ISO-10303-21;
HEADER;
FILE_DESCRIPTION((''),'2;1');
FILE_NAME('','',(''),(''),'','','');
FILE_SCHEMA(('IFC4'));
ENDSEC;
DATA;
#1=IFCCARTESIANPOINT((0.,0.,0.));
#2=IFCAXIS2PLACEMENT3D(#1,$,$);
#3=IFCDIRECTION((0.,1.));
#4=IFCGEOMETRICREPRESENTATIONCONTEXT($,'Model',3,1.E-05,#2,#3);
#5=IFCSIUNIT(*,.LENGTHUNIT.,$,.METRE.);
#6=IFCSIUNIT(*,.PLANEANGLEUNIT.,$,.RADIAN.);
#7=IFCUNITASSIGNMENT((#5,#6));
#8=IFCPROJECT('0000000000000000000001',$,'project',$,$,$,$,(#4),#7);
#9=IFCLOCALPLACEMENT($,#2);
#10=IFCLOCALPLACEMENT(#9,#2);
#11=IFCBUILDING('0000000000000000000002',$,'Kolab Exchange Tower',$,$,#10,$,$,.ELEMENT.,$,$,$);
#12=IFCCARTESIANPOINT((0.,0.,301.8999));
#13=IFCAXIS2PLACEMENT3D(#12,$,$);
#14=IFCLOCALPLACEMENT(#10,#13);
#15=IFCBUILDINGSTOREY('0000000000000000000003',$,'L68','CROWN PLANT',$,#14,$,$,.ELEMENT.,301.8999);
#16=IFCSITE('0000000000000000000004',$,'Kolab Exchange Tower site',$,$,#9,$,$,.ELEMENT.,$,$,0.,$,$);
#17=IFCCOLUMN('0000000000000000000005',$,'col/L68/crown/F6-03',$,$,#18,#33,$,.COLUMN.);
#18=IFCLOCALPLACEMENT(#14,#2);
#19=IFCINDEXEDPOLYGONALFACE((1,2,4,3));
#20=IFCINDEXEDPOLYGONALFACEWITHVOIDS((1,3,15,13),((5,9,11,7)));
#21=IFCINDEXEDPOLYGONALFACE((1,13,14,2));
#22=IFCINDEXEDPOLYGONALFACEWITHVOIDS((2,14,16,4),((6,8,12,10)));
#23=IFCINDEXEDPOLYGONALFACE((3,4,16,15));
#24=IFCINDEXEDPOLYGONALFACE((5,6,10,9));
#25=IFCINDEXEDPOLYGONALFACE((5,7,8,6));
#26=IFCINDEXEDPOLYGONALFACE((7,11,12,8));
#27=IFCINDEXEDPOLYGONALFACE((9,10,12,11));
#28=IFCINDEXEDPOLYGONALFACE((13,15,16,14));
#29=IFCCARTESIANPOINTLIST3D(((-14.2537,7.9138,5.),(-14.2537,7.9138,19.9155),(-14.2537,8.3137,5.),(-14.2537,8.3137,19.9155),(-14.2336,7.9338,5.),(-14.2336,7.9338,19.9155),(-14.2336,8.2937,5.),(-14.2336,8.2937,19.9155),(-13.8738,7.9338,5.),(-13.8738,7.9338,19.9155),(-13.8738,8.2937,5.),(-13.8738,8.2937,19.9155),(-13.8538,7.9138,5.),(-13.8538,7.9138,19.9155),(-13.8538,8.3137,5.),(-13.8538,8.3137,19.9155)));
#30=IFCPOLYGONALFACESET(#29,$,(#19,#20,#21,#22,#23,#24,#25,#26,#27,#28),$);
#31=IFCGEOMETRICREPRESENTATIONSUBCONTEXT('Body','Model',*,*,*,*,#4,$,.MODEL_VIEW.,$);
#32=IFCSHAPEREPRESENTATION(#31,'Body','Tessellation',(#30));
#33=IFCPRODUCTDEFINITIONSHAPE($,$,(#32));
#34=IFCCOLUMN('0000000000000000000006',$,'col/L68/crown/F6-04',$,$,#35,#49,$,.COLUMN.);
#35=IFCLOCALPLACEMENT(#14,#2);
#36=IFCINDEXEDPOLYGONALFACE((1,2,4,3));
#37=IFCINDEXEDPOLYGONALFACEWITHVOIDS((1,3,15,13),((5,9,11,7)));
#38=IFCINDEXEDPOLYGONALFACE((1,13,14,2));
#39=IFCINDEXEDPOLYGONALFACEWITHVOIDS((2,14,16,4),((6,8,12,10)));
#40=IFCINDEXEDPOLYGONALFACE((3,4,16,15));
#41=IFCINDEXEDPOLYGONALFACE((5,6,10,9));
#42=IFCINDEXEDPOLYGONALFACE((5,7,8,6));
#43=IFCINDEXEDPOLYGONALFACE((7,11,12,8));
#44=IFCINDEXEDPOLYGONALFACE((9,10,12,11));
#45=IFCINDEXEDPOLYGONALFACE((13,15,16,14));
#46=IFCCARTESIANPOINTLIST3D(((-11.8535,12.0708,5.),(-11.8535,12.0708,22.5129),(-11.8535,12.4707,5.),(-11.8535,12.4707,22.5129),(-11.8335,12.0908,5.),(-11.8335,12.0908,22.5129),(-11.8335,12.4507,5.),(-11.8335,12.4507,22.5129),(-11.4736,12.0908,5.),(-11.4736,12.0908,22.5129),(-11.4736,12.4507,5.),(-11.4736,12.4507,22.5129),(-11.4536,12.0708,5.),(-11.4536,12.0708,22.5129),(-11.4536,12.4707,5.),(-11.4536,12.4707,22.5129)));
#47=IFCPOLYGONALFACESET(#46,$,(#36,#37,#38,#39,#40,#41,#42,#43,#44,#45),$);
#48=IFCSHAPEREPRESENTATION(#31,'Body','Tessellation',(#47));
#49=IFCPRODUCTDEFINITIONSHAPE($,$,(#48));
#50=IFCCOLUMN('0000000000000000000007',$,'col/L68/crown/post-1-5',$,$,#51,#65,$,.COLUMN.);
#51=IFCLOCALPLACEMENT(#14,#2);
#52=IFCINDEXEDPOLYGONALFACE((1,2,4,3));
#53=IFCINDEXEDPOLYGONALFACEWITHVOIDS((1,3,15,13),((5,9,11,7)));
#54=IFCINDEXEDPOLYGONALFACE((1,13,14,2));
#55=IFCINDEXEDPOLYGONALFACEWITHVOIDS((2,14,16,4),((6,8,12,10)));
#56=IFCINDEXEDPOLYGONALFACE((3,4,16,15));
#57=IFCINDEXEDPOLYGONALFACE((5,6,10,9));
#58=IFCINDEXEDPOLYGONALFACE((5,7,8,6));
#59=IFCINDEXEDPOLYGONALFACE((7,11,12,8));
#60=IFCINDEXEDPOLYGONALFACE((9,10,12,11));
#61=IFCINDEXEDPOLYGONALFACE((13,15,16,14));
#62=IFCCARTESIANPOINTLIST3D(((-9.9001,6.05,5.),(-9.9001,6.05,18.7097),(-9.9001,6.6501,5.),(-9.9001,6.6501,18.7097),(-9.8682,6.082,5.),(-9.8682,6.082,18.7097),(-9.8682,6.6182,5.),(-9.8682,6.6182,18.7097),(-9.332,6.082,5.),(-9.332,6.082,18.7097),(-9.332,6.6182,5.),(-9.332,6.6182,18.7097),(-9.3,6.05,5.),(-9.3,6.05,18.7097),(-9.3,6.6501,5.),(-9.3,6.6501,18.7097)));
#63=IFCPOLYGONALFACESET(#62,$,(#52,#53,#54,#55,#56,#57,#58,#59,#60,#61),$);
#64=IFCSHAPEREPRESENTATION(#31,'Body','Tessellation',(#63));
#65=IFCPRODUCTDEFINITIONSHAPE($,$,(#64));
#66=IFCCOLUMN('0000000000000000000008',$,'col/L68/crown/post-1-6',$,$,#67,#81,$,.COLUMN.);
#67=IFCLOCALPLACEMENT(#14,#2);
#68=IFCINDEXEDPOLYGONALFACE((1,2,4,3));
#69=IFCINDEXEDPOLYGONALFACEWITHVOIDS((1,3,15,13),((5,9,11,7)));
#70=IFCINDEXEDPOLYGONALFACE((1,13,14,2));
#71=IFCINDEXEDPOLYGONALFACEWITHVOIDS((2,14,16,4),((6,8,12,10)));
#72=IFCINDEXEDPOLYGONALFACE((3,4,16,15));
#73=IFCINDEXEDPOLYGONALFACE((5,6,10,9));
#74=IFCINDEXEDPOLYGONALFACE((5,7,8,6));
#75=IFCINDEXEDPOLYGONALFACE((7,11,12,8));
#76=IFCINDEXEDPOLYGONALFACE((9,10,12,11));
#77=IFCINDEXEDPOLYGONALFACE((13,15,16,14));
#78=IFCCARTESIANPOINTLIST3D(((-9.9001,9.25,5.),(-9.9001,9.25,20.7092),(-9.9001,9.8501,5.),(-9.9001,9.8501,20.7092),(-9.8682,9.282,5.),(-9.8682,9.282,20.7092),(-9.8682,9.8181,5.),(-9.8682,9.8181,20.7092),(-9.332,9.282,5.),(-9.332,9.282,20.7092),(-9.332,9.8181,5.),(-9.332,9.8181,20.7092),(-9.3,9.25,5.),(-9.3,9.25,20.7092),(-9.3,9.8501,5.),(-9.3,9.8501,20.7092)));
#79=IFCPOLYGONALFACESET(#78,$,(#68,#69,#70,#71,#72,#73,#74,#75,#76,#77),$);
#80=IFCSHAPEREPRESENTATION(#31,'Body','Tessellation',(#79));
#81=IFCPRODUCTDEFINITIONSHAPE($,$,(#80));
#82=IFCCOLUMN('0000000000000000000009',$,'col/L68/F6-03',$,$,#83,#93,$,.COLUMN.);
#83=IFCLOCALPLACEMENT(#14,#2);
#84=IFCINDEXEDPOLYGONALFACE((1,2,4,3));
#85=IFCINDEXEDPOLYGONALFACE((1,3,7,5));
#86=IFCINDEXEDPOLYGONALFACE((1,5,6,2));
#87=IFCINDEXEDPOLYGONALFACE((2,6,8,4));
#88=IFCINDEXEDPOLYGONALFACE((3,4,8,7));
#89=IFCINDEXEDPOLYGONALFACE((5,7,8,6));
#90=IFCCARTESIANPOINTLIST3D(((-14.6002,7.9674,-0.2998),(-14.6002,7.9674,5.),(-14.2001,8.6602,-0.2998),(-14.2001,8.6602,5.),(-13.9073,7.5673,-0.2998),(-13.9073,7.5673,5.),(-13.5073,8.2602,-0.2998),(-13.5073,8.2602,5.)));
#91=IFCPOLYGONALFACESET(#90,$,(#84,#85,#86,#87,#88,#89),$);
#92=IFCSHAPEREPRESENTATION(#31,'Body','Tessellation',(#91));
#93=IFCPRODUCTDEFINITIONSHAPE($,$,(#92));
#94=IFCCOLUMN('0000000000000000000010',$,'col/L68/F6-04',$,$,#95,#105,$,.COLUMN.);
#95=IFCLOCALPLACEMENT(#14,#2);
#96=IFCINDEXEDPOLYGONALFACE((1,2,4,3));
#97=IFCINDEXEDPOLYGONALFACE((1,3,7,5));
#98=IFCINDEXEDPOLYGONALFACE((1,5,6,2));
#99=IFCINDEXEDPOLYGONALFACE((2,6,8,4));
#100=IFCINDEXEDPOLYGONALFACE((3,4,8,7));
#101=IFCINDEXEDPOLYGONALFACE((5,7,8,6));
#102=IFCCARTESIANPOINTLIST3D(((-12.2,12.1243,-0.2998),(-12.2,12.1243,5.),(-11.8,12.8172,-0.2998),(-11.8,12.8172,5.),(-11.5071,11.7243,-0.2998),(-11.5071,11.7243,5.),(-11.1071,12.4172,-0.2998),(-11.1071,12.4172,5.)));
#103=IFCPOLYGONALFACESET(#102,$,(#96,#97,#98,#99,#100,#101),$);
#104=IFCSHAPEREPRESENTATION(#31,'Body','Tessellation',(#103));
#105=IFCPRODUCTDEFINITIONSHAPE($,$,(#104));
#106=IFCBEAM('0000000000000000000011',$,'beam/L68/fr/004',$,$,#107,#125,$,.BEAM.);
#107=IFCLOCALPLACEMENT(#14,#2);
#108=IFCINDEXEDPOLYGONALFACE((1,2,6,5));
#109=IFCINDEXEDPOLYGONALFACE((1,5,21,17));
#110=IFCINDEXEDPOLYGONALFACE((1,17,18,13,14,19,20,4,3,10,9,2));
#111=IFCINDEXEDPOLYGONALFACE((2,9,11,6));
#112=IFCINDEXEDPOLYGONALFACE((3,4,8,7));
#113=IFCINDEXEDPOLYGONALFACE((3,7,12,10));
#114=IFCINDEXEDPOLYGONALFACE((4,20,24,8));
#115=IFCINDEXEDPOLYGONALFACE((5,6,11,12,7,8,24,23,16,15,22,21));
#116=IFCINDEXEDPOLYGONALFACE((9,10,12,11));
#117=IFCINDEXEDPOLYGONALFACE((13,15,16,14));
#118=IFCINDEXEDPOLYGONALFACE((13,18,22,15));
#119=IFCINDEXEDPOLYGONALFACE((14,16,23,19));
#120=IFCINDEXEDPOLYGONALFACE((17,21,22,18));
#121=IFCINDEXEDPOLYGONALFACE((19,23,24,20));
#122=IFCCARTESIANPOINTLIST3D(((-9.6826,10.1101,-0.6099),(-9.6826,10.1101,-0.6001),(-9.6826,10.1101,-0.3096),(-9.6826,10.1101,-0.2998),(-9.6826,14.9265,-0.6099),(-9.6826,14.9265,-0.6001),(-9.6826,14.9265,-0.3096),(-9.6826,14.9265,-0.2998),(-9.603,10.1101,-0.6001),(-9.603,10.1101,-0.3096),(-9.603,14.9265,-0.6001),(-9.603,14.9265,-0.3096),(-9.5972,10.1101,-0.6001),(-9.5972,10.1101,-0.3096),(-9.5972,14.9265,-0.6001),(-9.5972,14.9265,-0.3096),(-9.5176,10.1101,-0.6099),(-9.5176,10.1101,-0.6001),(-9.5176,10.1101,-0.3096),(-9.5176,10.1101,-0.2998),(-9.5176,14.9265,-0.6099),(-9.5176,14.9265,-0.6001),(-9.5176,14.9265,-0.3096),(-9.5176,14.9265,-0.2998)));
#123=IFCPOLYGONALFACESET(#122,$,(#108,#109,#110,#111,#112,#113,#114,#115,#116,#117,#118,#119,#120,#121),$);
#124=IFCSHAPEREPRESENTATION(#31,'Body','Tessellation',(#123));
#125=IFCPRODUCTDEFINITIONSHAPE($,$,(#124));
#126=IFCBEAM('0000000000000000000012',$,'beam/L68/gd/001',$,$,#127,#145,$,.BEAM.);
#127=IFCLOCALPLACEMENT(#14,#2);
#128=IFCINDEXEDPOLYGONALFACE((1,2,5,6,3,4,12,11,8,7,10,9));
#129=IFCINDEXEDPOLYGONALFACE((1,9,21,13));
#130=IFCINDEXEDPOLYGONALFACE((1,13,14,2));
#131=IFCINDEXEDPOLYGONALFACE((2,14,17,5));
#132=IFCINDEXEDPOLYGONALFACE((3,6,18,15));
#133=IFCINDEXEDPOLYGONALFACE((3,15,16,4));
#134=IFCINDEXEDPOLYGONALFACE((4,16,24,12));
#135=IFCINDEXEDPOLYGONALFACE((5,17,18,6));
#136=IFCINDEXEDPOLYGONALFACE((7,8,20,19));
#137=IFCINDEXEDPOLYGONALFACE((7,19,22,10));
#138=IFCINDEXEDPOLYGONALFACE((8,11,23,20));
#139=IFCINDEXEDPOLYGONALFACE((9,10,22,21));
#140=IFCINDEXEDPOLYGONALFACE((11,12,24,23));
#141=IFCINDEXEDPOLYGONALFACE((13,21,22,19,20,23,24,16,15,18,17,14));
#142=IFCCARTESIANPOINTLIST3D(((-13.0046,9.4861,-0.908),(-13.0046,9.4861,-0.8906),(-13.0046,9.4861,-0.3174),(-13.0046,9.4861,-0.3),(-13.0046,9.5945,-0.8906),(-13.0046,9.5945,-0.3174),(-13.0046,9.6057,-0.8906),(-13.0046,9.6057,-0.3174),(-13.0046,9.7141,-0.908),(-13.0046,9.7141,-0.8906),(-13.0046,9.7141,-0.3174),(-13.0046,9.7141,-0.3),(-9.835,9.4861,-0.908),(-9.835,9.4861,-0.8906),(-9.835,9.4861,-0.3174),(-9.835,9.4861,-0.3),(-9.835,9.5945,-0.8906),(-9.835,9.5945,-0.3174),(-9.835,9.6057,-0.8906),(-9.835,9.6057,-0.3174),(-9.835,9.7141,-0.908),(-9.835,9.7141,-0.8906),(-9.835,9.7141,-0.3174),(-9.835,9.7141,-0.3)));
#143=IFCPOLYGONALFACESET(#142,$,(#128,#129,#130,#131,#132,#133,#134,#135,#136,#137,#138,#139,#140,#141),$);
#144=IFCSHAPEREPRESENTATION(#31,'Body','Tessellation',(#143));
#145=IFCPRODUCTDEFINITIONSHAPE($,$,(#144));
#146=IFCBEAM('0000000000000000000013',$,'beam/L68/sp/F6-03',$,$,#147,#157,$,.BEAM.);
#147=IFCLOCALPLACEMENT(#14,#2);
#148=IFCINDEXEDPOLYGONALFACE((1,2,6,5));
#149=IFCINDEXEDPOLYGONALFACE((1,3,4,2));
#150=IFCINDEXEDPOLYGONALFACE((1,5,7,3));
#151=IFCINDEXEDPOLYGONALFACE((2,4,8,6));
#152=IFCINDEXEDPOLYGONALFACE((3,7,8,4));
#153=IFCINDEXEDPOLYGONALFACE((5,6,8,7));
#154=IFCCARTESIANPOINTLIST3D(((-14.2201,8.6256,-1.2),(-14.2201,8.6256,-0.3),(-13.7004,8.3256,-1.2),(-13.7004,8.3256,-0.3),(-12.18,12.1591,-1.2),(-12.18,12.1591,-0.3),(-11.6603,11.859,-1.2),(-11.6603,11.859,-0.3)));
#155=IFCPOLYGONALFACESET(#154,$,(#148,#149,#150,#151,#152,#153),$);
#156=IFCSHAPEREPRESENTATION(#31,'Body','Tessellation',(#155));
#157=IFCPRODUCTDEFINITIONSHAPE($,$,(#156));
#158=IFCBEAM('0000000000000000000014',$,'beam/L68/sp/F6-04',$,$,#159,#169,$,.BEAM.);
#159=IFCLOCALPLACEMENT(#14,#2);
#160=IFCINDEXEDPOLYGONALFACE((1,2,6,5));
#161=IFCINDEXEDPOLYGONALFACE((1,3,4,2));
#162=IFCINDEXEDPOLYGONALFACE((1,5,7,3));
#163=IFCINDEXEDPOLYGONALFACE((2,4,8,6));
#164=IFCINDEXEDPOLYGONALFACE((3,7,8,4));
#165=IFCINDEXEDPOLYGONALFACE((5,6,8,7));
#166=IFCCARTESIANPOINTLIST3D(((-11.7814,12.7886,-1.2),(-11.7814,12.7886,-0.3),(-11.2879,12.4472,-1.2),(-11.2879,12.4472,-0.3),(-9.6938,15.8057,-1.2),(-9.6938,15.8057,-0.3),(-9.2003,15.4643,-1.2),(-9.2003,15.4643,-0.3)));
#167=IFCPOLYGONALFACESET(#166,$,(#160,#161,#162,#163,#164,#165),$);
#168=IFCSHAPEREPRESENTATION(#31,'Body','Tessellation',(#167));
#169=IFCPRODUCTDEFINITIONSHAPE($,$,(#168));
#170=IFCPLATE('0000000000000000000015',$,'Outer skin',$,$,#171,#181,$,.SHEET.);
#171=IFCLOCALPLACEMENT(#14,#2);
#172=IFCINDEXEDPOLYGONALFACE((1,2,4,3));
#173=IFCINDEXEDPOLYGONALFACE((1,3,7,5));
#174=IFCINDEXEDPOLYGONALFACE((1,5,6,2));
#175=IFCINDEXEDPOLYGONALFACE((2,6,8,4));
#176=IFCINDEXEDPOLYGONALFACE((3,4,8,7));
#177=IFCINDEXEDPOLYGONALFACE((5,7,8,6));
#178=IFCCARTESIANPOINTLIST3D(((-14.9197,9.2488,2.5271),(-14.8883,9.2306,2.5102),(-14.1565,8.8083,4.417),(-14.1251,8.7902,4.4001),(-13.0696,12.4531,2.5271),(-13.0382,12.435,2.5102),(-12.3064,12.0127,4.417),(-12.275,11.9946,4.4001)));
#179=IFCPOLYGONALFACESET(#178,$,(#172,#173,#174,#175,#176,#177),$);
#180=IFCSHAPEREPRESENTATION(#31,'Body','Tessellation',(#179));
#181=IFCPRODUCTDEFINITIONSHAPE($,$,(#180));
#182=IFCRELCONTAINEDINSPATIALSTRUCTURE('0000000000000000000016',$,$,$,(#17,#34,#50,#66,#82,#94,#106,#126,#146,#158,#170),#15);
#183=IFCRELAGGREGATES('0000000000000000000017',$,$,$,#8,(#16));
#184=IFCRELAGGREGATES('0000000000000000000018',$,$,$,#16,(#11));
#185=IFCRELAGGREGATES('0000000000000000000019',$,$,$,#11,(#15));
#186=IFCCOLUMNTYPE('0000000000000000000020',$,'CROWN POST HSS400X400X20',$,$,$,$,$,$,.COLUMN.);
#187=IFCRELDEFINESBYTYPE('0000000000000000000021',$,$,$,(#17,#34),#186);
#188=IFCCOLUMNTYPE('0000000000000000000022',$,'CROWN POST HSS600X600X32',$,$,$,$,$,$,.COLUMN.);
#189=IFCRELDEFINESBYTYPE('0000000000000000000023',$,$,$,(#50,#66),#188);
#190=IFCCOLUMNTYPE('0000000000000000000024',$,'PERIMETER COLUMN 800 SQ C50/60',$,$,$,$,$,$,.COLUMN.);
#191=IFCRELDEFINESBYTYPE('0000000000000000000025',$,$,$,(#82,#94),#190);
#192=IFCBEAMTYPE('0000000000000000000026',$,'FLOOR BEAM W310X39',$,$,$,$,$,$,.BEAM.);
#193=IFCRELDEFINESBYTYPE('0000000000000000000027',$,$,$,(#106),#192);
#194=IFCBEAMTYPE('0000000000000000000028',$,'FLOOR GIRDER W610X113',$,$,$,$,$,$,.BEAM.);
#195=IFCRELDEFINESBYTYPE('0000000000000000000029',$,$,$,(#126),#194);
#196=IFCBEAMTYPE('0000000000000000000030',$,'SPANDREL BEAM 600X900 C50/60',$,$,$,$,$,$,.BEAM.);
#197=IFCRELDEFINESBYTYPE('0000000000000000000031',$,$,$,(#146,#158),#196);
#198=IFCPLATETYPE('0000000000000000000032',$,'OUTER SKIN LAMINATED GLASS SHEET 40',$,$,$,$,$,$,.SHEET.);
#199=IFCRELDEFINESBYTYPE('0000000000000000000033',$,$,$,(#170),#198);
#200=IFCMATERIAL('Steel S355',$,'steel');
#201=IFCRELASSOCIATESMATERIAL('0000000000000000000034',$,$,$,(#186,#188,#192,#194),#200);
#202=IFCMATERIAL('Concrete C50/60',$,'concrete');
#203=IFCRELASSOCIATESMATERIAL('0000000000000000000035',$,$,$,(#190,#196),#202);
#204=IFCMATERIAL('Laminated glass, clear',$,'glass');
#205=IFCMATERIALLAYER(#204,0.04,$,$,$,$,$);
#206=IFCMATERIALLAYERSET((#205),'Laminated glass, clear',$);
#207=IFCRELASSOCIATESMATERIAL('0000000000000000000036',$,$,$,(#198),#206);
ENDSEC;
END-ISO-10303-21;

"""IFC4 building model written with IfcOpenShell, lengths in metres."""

from ifc_helpers import new_model, si_unit, direction, frame, origin, origin_2d, place, context, subcontext, project, spatial, polyline, rectangle, hollow_rectangle, i_section, outline, extrude, material, layer, layer_set, material_profile, profile_set, type_object, element, save


model = new_model("IFC4")

# Units and contexts
model_context = context("Model", 3, precision=1e-05, world=origin(), true_north=direction((0.0, 1.0)))
body_context = subcontext(model_context, "Body", "Model", "MODEL_VIEW")
ifc_project = project(units=[si_unit("LENGTHUNIT", "METRE"), si_unit("PLANEANGLEUNIT", "RADIAN")], contexts=[model_context])

# Site, building, storey
site_placement = place(None, origin())
site = spatial("IfcSite", under=ifc_project, at=site_placement, Name="Kolab Exchange Tower site", CompositionType="ELEMENT", RefElevation=0.0)
building_placement = place(site_placement, origin())
building = spatial("IfcBuilding", under=site, at=building_placement, Name="Kolab Exchange Tower", CompositionType="ELEMENT")
storey_placement = place(building_placement, frame((0.0, 0.0, 301.8999)))
storey = spatial("IfcBuildingStorey", under=building, at=storey_placement, Name="L68", Description="CROWN PLANT", CompositionType="ELEMENT", Elevation=301.8999)

# Columns
ifc_material_1 = material(Name="Steel S355", Category="steel")
ifc_material_profile_1 = material_profile(ifc_material_1, hollow_rectangle(XDim=0.3999, YDim=0.3999, WallThickness=0.02, at=origin_2d()), Name="HSS400X400X20")
ifc_profile_set_1 = profile_set([ifc_material_profile_1], Name="Steel S355")
column_type_1 = type_object("IfcColumnType", Name="CROWN POST HSS400X400X20", PredefinedType="COLUMN", material=ifc_profile_set_1)
column_1_placement = place(storey_placement, frame((-14.0537, 8.1138, 5.0), z_axis=(0.0, 0.0, 1.0), x_axis=(1.0, 0.0, 0.0)))
element("IfcColumn", 1, at=column_1_placement, inside=storey, type_object=column_type_1, Name="col/L68/crown/F6-03", PredefinedType="COLUMN", context=body_context, shape_type="SweptSolid", body=[
    extrude(hollow_rectangle(XDim=0.3999, YDim=0.3999, WallThickness=0.02, at=origin_2d()), origin(), (0.0, 0.0, 1.0), 14.9155),
])
column_2_placement = place(storey_placement, frame((-11.6536, 12.2708, 5.0), z_axis=(0.0, 0.0, 1.0), x_axis=(1.0, 0.0, 0.0)))
element("IfcColumn", 2, at=column_2_placement, inside=storey, type_object=column_type_1, Name="col/L68/crown/F6-04", PredefinedType="COLUMN", context=body_context, shape_type="SweptSolid", body=[
    extrude(hollow_rectangle(XDim=0.3999, YDim=0.3999, WallThickness=0.02, at=origin_2d()), origin(), (0.0, 0.0, 1.0), 17.5129),
])
ifc_material_profile_2 = material_profile(ifc_material_1, hollow_rectangle(XDim=0.6001, YDim=0.6001, WallThickness=0.032, at=origin_2d()), Name="HSS600X600X32")
ifc_profile_set_2 = profile_set([ifc_material_profile_2], Name="Steel S355")
column_type_2 = type_object("IfcColumnType", Name="CROWN POST HSS600X600X32", PredefinedType="COLUMN", material=ifc_profile_set_2)
column_3_placement = place(storey_placement, frame((-9.6001, 6.3501, 5.0), z_axis=(0.0, 0.0, 1.0), x_axis=(1.0, 0.0, 0.0)))
element("IfcColumn", 3, at=column_3_placement, inside=storey, type_object=column_type_2, Name="col/L68/crown/post-1-5", PredefinedType="COLUMN", context=body_context, shape_type="SweptSolid", body=[
    extrude(hollow_rectangle(XDim=0.6001, YDim=0.6001, WallThickness=0.032, at=origin_2d()), origin(), (0.0, 0.0, 1.0), 13.7097),
])
column_4_placement = place(storey_placement, frame((-9.6001, 9.55, 5.0), z_axis=(0.0, 0.0, 1.0), x_axis=(1.0, 0.0, 0.0)))
element("IfcColumn", 4, at=column_4_placement, inside=storey, type_object=column_type_2, Name="col/L68/crown/post-1-6", PredefinedType="COLUMN", context=body_context, shape_type="SweptSolid", body=[
    extrude(hollow_rectangle(XDim=0.6001, YDim=0.6001, WallThickness=0.032, at=origin_2d()), origin(), (0.0, 0.0, 1.0), 15.7092),
])
ifc_material_2 = material(Name="Concrete C50/60", Category="concrete")
ifc_material_profile_3 = material_profile(ifc_material_2, rectangle(XDim=0.8, YDim=0.8, at=origin_2d()), Name="RC800")
ifc_profile_set_3 = profile_set([ifc_material_profile_3], Name="Concrete C50/60")
column_type_3 = type_object("IfcColumnType", Name="PERIMETER COLUMN 800 SQ C50/60", PredefinedType="COLUMN", material=ifc_profile_set_3)
for number, where, z_axis, x_axis, name in (
    (5, (-14.0537, 8.1138, -0.2998), (0.0, 0.0, 1.0), (0.5, 0.866025, 0.0), "col/L68/F6-03"),
    (6, (-11.6536, 12.2708, -0.2998), (0.0, 0.0, 1.0), (0.5, 0.866025, 0.0), "col/L68/F6-04"),
):
    element("IfcColumn", number, at=place(storey_placement, frame(where, z_axis=z_axis, x_axis=x_axis)), inside=storey, type_object=column_type_3, Name=name, PredefinedType="COLUMN", context=body_context, shape_type="SweptSolid", body=[
        extrude(rectangle(XDim=0.8, YDim=0.8, at=origin_2d()), origin(), (0.0, 0.0, 1.0), 5.2998),
    ])

# Beams
ifc_material_profile_4 = material_profile(ifc_material_1, i_section(OverallWidth=0.165, OverallDepth=0.3101, WebThickness=0.0059, FlangeThickness=0.0098, at=origin_2d()), Name="W310X39")
ifc_profile_set_4 = profile_set([ifc_material_profile_4], Name="Steel S355")
beam_type_1 = type_object("IfcBeamType", Name="FLOOR BEAM W310X39", PredefinedType="BEAM", material=ifc_profile_set_4)
beam_1_placement = place(storey_placement, frame((-9.6001, 10.1101, -0.4548), z_axis=(0.0, 1.0, 0.0), x_axis=(-1.0, 0.0, 0.0)))
element("IfcBeam", 7, at=beam_1_placement, inside=storey, type_object=beam_type_1, Name="beam/L68/fr/004", PredefinedType="BEAM", context=body_context, shape_type="SweptSolid", body=[
    extrude(i_section(OverallWidth=0.165, OverallDepth=0.3101, WebThickness=0.0059, FlangeThickness=0.0098, at=origin_2d()), origin(), (0.0, 0.0, 1.0), 4.8164),
])
ifc_material_profile_5 = material_profile(ifc_material_1, i_section(OverallWidth=0.228, OverallDepth=0.6079, WebThickness=0.0112, FlangeThickness=0.0173, at=origin_2d()), Name="W610X113")
ifc_profile_set_5 = profile_set([ifc_material_profile_5], Name="Steel S355")
beam_type_2 = type_object("IfcBeamType", Name="FLOOR GIRDER W610X113", PredefinedType="BEAM", material=ifc_profile_set_5)
beam_2_placement = place(storey_placement, frame((-13.0046, 9.6001, -0.604), z_axis=(1.0, 0.0, 0.0), x_axis=(0.0, 1.0, 0.0)))
element("IfcBeam", 8, at=beam_2_placement, inside=storey, type_object=beam_type_2, Name="beam/L68/gd/001", PredefinedType="BEAM", context=body_context, shape_type="SweptSolid", body=[
    extrude(i_section(OverallWidth=0.228, OverallDepth=0.6079, WebThickness=0.0112, FlangeThickness=0.0173, at=origin_2d()), origin(), (0.0, 0.0, 1.0), 3.1697),
])
ifc_material_profile_6 = material_profile(ifc_material_2, rectangle(XDim=0.6001, YDim=0.8999, at=origin_2d()), Name="RC600X900")
ifc_profile_set_6 = profile_set([ifc_material_profile_6], Name="Concrete C50/60")
beam_type_3 = type_object("IfcBeamType", Name="SPANDREL BEAM 600X900 C50/60", PredefinedType="BEAM", material=ifc_profile_set_6)
beam_3_placement = place(storey_placement, frame((-13.9602, 8.4756, -0.75), z_axis=(0.5, 0.866025, 0.0), x_axis=(-0.866025, 0.5, 0.0)))
element("IfcBeam", 9, at=beam_3_placement, inside=storey, type_object=beam_type_3, Name="beam/L68/sp/F6-03", PredefinedType="BEAM", context=body_context, shape_type="SweptSolid", body=[
    extrude(rectangle(XDim=0.6001, YDim=0.8999, at=origin_2d()), origin(), (0.0, 0.0, 1.0), 4.0801),
])
beam_4_placement = place(storey_placement, frame((-11.5347, 12.6179, -0.75), z_axis=(0.569006, 0.822334, 0.0), x_axis=(-0.822334, 0.569006, 0.0)))
element("IfcBeam", 10, at=beam_4_placement, inside=storey, type_object=beam_type_3, Name="beam/L68/sp/F6-04", PredefinedType="BEAM", context=body_context, shape_type="SweptSolid", body=[
    extrude(rectangle(XDim=0.6001, YDim=0.8999, at=origin_2d()), origin(), (0.0, 0.0, 1.0), 3.6689),
])

# Plate
ifc_material_3 = material(Name="Laminated glass, clear", Category="glass")
ifc_layer_1 = layer(ifc_material_3, 0.04)
ifc_layer_set_1 = layer_set([ifc_layer_1], Name="Laminated glass, clear")
plate_type = type_object("IfcPlateType", Name="OUTER SKIN LAMINATED GLASS SHEET 40", PredefinedType="SHEET", material=ifc_layer_set_1)
plate_1_placement = place(storey_placement, frame((-14.9197, 9.2488, 2.5271), z_axis=(-0.784897, 0.453177, 0.422571), x_axis=(0.500014, 0.866017, 0.0)))
element("IfcPlate", 11, at=plate_1_placement, inside=storey, type_object=plate_type, Name="Outer skin", PredefinedType="SHEET", context=body_context, shape_type="SweptSolid", body=[
    extrude(outline(polyline([(0.0, 0.0), (3.7001, 0.0), (3.7003, -2.0852), (0.0002, -2.0852), (0.0, 0.0)])), origin(), (0.0, 0.0, -1.0), 0.04),
])

save(model, "model.ifc")
